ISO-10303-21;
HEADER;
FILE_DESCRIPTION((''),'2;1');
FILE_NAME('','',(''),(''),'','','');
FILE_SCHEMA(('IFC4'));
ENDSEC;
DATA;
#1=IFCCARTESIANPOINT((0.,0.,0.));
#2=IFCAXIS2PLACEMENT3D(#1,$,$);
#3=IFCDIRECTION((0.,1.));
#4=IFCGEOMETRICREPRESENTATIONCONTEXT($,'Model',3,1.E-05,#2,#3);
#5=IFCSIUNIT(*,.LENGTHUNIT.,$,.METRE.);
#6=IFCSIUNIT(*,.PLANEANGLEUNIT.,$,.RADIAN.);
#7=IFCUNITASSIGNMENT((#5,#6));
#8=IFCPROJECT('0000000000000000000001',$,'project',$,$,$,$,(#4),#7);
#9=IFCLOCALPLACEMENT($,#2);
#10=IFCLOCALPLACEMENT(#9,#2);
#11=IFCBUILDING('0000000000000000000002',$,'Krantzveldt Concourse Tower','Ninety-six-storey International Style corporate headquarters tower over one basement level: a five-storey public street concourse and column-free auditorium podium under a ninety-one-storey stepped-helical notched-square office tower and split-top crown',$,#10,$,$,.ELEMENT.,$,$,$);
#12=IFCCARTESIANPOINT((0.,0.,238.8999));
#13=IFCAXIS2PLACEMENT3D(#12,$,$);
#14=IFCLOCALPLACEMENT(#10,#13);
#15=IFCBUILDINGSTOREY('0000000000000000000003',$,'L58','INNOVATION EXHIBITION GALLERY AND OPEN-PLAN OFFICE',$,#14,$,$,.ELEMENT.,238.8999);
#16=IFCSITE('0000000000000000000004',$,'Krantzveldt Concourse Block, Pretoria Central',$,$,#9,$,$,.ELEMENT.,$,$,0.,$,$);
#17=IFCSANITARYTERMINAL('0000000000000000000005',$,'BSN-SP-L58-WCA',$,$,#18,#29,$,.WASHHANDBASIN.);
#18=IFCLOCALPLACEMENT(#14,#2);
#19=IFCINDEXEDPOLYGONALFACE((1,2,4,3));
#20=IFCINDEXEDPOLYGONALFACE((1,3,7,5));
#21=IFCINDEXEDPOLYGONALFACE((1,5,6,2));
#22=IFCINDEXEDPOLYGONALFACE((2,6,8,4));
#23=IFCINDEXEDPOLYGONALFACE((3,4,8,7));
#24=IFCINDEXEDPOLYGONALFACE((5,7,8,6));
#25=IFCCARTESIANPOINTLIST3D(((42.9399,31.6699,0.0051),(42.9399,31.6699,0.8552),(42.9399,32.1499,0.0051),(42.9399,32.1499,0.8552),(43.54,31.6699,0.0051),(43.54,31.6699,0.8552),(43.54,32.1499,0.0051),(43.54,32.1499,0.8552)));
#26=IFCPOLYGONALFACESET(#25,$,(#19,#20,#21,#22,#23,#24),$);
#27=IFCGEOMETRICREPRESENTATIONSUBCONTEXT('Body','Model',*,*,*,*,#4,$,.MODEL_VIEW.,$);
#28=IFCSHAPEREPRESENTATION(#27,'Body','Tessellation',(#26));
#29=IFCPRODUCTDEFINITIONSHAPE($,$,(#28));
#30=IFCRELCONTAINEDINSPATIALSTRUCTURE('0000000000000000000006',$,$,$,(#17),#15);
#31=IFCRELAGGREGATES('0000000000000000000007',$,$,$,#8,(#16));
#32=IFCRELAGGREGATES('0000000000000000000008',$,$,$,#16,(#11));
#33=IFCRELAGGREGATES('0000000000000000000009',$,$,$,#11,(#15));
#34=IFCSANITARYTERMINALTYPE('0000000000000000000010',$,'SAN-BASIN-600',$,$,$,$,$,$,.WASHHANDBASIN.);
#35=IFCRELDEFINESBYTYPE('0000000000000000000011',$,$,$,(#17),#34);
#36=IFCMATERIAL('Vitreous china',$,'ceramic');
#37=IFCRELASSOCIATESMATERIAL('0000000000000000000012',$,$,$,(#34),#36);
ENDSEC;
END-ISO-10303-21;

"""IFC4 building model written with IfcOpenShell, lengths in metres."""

from ifc_helpers import new_model, si_unit, direction, frame, origin, origin_2d, place, context, subcontext, project, spatial, rectangle, extrude, source, transform, mapped, material, type_object, type_shapes, element, save


model = new_model("IFC4")

# Units and contexts
model_context = context("Model", 3, precision=1e-05, world=origin(), true_north=direction((0.0, 1.0)))
body_context = subcontext(model_context, "Body", "Model", "MODEL_VIEW")
ifc_project = project(units=[si_unit("LENGTHUNIT", "METRE"), si_unit("PLANEANGLEUNIT", "RADIAN")], contexts=[model_context])

# Site, building, storey
site_placement = place(None, origin())
site = spatial("IfcSite", under=ifc_project, at=site_placement, Name="Krantzveldt Concourse Block, Pretoria Central", CompositionType="ELEMENT", RefElevation=0.0)
building_placement = place(site_placement, origin())
building = spatial("IfcBuilding", under=site, at=building_placement, Name="Krantzveldt Concourse Tower", Description="Ninety-six-storey International Style corporate headquarters tower over one basement level: a five-storey public street concourse and column-free auditorium podium under a ninety-one-storey stepped-helical notched-square office tower and split-top crown", CompositionType="ELEMENT")
storey_placement = place(building_placement, frame((0.0, 0.0, 238.8999)))
storey = spatial("IfcBuildingStorey", under=building, at=storey_placement, Name="L58", Description="INNOVATION EXHIBITION GALLERY AND OPEN-PLAN OFFICE", CompositionType="ELEMENT", Elevation=238.8999)

# Sanitary terminal
ifc_material_1 = material(Name="Vitreous china", Category="ceramic")
sanitary_terminal_type_1 = type_object("IfcSanitaryTerminalType", Name="SAN-BASIN-600", PredefinedType="WASHHANDBASIN", material=ifc_material_1)
shared_shape_1 = source(origin(), body_context, "Body", "SweptSolid", [
    extrude(rectangle(XDim=0.6001, YDim=0.48, at=origin_2d()), origin(), (0.0, 0.0, 1.0), 0.8501),
])
type_shapes(sanitary_terminal_type_1, [shared_shape_1])
sanitary_terminal_1_placement = place(storey_placement, frame((43.24, 31.9099, 0.0051), z_axis=(0.0, 0.0, 1.0), x_axis=(1.0, 0.0, 0.0)))
element("IfcSanitaryTerminal", 1, at=sanitary_terminal_1_placement, inside=storey, type_object=sanitary_terminal_type_1, Name="BSN-SP-L58-WCA", PredefinedType="WASHHANDBASIN", context=body_context, shape_type="MappedRepresentation", body=[
    mapped(shared_shape_1, transform((0.0, 0.0, 0.0), x_axis=(1.0, 0.0, 0.0), y_axis=(0.0, 1.0, 0.0), z_axis=(0.0, 0.0, 1.0), scale=1.0)),
])

save(model, "model.ifc")
